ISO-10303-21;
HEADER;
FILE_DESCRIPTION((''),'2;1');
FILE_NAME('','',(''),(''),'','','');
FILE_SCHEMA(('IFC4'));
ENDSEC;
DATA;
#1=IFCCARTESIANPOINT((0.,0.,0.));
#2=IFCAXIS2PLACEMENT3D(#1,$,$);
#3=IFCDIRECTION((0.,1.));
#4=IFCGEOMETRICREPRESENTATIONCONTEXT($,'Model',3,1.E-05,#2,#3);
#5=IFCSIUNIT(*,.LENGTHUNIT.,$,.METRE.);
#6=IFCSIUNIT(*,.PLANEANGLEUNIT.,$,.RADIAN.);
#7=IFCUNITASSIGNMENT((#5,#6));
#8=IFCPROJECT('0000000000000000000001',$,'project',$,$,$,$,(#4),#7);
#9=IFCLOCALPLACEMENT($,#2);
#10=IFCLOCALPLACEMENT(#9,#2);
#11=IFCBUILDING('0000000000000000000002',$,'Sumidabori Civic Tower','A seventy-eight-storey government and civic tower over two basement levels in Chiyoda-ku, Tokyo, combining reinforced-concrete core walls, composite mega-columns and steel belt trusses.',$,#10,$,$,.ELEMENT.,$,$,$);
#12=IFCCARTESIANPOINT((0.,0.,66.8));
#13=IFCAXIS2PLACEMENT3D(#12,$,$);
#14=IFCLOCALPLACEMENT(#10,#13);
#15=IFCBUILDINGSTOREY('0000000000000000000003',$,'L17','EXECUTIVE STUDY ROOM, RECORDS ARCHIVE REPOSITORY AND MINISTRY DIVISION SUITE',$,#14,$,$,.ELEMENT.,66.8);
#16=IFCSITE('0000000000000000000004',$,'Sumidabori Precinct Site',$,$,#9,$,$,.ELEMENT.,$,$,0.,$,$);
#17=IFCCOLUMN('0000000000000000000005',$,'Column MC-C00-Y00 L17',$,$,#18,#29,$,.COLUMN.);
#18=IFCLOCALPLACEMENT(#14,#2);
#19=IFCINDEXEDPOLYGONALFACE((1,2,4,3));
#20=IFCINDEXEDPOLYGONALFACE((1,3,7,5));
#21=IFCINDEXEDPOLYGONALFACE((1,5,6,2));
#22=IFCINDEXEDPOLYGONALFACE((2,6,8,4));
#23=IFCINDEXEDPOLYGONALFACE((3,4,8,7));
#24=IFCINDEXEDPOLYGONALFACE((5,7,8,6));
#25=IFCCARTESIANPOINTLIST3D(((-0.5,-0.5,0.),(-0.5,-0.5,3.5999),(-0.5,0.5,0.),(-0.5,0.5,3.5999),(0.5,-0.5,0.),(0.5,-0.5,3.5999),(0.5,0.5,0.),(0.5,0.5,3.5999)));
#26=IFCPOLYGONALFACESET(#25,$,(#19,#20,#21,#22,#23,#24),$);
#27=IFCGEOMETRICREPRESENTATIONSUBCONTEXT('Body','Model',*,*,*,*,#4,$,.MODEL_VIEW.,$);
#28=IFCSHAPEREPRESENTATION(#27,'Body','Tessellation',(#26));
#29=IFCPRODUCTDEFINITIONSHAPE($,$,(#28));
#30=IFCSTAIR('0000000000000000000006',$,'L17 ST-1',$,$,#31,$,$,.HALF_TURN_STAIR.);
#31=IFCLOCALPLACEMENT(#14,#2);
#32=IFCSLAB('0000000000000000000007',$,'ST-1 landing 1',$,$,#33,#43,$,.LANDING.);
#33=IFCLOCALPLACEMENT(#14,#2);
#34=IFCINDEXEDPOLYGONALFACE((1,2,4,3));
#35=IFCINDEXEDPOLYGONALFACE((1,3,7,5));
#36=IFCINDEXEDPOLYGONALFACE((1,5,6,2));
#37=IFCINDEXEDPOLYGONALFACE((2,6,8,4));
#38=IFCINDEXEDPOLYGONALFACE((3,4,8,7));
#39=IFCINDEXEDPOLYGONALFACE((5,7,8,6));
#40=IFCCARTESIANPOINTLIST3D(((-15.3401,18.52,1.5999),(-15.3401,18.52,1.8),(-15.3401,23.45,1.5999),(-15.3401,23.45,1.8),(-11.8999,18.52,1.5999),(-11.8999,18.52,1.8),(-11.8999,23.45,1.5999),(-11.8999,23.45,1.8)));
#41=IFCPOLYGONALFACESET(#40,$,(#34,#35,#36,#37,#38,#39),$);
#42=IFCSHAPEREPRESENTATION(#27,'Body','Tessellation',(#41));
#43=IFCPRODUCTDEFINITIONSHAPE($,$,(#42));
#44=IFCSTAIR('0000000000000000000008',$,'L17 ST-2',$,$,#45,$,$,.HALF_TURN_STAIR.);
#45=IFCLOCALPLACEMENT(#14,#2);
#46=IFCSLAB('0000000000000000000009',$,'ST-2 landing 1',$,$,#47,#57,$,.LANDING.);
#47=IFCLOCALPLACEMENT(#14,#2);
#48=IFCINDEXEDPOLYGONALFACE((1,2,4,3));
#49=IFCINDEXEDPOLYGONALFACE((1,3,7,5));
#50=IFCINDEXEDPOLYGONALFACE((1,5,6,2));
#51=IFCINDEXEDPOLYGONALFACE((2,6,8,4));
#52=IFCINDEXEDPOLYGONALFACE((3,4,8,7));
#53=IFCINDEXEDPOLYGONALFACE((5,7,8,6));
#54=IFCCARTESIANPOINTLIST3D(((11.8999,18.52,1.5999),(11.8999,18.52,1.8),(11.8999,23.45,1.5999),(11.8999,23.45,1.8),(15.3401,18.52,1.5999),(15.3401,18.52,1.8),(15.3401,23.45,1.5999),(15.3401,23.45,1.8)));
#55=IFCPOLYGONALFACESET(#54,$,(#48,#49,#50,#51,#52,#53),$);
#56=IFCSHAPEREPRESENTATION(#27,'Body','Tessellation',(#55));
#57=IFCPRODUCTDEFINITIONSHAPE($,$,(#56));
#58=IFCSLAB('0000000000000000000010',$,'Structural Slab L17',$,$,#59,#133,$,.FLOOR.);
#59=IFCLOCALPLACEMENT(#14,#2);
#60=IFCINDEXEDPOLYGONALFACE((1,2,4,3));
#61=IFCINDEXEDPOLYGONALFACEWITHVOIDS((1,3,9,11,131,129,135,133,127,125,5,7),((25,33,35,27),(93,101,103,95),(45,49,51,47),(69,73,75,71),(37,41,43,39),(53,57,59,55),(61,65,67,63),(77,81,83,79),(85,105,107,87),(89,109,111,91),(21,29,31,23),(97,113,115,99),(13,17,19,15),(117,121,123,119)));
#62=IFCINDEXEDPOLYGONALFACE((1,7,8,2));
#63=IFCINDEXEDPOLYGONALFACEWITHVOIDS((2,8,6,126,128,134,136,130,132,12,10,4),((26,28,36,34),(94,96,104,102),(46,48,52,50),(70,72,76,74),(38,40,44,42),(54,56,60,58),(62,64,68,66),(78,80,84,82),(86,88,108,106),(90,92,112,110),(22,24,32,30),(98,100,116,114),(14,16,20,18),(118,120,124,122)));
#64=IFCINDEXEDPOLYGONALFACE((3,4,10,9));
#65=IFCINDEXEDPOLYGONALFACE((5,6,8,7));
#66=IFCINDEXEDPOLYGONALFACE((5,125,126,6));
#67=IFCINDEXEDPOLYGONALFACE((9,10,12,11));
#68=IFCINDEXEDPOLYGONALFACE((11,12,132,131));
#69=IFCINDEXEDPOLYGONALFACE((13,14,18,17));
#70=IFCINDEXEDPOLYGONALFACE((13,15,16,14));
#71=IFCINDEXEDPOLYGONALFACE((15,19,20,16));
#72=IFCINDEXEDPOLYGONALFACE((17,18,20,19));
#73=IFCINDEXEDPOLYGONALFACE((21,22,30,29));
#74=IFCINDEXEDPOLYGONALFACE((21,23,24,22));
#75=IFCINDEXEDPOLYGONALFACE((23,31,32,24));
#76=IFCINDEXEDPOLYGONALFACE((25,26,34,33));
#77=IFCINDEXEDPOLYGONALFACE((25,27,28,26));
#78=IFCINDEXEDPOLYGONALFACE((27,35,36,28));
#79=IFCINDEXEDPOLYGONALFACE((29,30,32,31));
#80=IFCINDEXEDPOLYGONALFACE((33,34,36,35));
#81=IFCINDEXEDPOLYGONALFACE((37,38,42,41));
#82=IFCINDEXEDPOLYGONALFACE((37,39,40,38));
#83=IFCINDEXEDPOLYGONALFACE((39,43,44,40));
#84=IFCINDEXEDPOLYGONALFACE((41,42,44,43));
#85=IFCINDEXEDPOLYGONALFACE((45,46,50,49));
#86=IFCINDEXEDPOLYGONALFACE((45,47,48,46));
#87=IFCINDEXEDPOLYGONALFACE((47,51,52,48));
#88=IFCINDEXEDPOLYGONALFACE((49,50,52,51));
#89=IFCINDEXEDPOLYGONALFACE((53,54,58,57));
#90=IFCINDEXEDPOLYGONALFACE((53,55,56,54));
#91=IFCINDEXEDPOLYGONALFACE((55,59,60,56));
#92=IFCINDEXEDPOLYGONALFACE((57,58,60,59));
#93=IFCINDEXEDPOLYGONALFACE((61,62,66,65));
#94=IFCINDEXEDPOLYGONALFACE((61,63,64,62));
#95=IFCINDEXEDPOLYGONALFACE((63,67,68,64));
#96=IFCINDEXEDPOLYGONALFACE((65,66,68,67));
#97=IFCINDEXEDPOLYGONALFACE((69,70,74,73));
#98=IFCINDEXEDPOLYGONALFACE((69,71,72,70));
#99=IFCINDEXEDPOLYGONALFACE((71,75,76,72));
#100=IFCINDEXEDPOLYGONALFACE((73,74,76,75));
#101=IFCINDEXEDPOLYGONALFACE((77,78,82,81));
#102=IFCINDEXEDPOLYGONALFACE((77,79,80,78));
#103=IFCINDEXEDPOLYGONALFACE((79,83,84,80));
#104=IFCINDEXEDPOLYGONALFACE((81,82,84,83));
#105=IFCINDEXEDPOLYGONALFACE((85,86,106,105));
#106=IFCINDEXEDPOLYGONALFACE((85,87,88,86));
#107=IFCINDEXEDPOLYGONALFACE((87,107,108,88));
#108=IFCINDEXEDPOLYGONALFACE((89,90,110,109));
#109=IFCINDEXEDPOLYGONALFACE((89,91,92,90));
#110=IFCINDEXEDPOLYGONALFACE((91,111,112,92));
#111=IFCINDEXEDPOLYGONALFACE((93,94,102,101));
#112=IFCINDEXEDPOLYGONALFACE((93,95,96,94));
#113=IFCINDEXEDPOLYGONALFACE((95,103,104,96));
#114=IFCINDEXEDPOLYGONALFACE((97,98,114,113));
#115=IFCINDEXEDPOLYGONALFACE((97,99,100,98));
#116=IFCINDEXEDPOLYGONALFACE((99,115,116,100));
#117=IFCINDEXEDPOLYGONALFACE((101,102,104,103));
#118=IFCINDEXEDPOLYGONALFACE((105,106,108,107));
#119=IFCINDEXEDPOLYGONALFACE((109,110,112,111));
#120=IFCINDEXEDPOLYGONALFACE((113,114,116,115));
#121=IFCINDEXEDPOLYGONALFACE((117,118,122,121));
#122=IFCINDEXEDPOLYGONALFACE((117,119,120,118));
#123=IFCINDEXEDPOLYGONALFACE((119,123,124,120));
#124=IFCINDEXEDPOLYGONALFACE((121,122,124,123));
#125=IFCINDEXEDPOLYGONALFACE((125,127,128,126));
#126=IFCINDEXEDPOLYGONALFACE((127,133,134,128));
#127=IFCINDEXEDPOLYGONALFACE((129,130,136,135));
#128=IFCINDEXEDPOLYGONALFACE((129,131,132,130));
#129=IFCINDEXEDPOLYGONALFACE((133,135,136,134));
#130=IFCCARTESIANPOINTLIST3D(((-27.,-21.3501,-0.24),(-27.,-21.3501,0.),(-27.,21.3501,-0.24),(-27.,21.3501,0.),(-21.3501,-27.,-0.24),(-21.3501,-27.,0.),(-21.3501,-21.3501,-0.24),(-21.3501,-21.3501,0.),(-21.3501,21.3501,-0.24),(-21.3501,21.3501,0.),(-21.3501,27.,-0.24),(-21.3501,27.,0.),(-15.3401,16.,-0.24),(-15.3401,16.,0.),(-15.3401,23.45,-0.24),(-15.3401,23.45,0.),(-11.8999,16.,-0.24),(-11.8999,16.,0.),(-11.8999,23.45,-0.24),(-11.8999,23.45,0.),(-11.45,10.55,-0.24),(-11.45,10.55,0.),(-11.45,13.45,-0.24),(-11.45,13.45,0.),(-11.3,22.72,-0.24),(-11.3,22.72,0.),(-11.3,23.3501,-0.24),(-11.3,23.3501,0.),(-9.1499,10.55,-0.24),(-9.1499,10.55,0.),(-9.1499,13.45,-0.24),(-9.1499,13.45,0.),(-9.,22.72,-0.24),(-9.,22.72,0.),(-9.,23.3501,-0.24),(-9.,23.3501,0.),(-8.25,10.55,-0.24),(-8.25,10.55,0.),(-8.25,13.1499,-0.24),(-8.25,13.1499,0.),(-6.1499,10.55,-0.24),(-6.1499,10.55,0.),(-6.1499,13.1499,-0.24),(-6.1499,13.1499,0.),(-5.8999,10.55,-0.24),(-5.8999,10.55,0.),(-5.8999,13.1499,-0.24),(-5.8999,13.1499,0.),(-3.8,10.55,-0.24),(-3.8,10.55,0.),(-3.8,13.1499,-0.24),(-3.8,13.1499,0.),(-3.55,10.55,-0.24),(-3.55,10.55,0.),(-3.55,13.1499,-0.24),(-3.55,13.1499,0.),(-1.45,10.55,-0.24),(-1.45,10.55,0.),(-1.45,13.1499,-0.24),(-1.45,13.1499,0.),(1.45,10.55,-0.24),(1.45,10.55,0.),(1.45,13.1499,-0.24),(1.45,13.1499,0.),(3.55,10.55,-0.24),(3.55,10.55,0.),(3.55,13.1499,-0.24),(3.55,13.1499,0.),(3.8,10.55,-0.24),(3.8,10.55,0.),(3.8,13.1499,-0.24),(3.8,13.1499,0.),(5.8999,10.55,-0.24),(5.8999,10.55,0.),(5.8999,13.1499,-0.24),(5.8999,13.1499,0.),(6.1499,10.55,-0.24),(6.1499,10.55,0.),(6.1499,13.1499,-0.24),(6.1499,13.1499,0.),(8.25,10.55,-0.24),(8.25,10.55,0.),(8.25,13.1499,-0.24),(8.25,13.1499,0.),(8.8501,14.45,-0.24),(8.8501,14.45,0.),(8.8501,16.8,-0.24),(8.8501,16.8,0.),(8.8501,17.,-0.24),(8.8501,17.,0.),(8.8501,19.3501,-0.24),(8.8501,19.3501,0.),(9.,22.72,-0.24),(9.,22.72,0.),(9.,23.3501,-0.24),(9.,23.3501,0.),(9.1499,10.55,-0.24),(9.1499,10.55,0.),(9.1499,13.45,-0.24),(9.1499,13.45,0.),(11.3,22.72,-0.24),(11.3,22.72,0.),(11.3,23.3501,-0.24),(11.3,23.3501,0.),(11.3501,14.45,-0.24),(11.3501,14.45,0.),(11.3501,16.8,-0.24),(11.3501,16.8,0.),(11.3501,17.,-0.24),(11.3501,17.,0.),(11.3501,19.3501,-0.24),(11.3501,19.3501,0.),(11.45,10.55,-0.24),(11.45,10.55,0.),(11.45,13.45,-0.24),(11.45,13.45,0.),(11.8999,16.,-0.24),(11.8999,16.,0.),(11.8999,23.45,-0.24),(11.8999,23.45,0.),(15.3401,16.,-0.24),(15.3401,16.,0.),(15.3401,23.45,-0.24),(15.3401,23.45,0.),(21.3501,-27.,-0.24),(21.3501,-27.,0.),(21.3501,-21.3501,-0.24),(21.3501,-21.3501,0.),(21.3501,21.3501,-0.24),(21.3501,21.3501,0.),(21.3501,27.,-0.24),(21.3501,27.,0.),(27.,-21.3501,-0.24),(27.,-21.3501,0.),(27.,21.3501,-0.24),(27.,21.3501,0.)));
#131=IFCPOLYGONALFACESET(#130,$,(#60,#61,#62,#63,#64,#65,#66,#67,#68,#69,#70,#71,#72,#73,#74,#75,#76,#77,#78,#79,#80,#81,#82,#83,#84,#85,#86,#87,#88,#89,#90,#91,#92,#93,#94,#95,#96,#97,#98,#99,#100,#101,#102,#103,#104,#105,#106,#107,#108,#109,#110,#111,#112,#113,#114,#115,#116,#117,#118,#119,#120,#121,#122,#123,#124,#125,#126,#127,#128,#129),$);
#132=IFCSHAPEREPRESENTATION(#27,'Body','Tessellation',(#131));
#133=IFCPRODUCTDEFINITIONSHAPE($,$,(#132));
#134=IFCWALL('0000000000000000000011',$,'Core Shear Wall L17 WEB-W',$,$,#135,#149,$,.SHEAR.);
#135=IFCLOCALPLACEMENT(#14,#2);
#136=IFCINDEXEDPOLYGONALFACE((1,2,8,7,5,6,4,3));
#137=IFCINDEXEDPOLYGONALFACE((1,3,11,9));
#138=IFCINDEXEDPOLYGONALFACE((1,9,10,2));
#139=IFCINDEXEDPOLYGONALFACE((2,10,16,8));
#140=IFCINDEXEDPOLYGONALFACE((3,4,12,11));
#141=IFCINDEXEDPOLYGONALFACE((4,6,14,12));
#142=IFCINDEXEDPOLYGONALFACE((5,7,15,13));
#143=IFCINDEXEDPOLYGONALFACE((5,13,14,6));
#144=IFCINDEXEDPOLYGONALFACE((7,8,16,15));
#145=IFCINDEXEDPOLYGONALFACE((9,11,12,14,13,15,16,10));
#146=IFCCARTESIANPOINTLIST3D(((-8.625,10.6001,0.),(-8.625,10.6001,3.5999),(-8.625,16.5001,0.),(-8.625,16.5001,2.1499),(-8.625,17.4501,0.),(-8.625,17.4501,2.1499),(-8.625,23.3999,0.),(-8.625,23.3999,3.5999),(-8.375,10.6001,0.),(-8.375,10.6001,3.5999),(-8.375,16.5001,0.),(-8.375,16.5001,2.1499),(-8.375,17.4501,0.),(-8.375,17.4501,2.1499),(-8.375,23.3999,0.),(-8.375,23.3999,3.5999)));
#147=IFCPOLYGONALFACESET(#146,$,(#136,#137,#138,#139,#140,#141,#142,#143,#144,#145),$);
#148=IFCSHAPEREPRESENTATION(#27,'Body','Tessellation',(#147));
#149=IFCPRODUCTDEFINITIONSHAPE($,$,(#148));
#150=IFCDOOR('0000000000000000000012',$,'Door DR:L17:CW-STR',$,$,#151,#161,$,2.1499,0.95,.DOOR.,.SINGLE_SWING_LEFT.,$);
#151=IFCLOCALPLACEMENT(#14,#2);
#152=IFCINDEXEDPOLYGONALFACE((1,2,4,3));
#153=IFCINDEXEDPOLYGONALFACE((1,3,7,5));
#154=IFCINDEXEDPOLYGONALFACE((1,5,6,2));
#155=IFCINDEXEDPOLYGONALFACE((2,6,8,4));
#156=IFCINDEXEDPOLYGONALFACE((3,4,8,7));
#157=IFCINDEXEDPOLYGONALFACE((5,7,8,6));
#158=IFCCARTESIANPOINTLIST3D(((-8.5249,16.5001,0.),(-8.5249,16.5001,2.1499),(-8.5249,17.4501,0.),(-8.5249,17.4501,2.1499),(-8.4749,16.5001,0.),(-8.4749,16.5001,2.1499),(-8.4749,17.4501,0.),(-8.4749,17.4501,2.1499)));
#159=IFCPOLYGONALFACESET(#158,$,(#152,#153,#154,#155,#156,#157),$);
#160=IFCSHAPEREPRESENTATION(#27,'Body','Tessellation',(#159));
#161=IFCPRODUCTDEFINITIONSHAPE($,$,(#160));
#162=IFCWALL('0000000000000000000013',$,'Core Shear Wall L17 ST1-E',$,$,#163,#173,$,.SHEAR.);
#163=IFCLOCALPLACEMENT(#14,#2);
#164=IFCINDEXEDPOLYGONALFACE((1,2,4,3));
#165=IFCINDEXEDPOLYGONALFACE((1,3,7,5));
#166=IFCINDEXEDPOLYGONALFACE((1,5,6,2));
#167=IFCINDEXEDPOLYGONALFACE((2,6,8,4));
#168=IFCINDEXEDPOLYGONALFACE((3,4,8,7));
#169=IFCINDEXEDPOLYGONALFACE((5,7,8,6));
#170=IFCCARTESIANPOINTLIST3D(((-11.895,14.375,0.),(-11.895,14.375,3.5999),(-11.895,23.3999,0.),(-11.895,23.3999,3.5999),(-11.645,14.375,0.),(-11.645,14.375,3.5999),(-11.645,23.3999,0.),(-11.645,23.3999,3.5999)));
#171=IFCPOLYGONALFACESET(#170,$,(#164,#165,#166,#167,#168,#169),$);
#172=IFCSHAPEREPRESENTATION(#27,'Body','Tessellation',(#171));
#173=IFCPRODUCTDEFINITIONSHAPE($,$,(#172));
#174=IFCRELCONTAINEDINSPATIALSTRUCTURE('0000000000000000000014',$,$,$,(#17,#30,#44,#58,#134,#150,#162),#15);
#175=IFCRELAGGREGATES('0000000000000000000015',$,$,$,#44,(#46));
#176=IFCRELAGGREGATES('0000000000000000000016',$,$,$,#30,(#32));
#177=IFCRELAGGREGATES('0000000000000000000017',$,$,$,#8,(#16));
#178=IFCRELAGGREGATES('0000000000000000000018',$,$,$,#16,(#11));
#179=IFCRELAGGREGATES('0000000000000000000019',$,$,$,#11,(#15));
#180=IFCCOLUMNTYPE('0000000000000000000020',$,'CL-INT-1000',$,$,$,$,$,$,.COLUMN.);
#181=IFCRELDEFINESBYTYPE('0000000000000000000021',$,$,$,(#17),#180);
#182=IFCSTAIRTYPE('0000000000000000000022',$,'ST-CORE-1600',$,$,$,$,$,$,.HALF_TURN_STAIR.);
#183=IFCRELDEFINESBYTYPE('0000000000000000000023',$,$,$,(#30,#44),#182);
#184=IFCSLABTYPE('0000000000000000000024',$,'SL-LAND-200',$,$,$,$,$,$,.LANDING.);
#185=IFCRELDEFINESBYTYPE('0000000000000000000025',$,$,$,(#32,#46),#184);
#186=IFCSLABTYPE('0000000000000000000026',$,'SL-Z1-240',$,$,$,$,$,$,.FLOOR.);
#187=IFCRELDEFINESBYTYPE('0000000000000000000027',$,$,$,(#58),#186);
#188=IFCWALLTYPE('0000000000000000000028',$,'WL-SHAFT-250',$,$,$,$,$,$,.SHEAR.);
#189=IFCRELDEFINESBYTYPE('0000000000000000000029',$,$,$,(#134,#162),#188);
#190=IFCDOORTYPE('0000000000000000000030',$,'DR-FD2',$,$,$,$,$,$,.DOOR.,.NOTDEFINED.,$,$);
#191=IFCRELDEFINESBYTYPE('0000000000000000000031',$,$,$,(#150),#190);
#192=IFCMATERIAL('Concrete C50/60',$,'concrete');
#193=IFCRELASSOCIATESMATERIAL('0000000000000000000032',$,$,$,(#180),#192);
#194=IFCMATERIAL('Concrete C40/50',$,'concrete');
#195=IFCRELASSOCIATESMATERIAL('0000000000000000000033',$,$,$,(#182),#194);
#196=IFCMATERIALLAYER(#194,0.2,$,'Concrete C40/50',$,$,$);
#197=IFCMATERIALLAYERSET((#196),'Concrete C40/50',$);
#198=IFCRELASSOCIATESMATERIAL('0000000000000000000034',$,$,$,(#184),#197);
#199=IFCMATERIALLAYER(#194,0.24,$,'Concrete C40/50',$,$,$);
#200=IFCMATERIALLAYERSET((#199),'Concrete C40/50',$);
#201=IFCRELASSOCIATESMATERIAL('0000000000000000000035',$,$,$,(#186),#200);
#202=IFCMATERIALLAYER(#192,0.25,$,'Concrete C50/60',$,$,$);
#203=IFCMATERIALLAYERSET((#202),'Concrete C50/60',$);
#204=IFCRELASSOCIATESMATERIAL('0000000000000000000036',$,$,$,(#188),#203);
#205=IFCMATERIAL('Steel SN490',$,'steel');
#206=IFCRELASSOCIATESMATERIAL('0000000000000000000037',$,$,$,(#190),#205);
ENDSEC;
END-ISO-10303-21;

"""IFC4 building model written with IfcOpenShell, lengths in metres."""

from ifc_helpers import new_model, si_unit, direction, frame, frame_2d, origin, origin_with_axes, origin_2d, place, context, subcontext, project, spatial, polyline, rectangle, outline, extrude, source, transform, mapped, material, layer, layer_set, material_profile, profile_set, type_object, element, fill, aggregate, save


model = new_model("IFC4")

# Units and contexts
model_context = context("Model", 3, precision=1e-05, world=origin(), true_north=direction((0.0, 1.0)))
body_context = subcontext(model_context, "Body", "Model", "MODEL_VIEW")
ifc_project = project(units=[si_unit("LENGTHUNIT", "METRE"), si_unit("PLANEANGLEUNIT", "RADIAN")], contexts=[model_context])

# Site, building, storey
site_placement = place(None, origin())
site = spatial("IfcSite", under=ifc_project, at=site_placement, Name="Sumidabori Precinct Site", CompositionType="ELEMENT", RefElevation=0.0)
building_placement = place(site_placement, origin())
building = spatial("IfcBuilding", under=site, at=building_placement, Name="Sumidabori Civic Tower", Description="A seventy-eight-storey government and civic tower over two basement levels in Chiyoda-ku, Tokyo, combining reinforced-concrete core walls, composite mega-columns and steel belt trusses.", CompositionType="ELEMENT")
storey_placement = place(building_placement, frame((0.0, 0.0, 66.8)))
storey = spatial("IfcBuildingStorey", under=building, at=storey_placement, Name="L17", Description="EXECUTIVE STUDY ROOM, RECORDS ARCHIVE REPOSITORY AND MINISTRY DIVISION SUITE", CompositionType="ELEMENT", Elevation=66.8)

# Column
ifc_material_1 = material(Name="Concrete C50/60", Category="concrete")
ifc_material_profile = material_profile(ifc_material_1, rectangle(XDim=1.0, YDim=1.0, at=origin_2d()), Name="RC 1000x1000")
ifc_profile_set = profile_set([ifc_material_profile], Name="Concrete C50/60")
column_type = type_object("IfcColumnType", Name="CL-INT-1000", PredefinedType="COLUMN", material=ifc_profile_set)
shared_shape_1 = source(origin(), body_context, "Body", "SweptSolid", [
    extrude(rectangle(XDim=1.0, YDim=1.0, at=origin_2d()), origin(), (0.0, 0.0, 1.0), 3.5999),
])
column_placement = place(storey_placement, origin_with_axes())
element("IfcColumn", 1, at=column_placement, inside=storey, type_object=column_type, Name="Column MC-C00-Y00 L17", PredefinedType="COLUMN", context=body_context, shape_type="MappedRepresentation", body=[
    mapped(shared_shape_1, transform((0.0, 0.0, 0.0), x_axis=(1.0, 0.0, 0.0), y_axis=(0.0, 1.0, 0.0), z_axis=(0.0, 0.0, 1.0), scale=1.0)),
])

# Stairs, slabs
ifc_material_2 = material(Name="Concrete C40/50", Category="concrete")
stair_type = type_object("IfcStairType", Name="ST-CORE-1600", PredefinedType="HALF_TURN_STAIR", material=ifc_material_2)
stair_1_placement = place(storey_placement, origin())
stair_1 = element("IfcStair", 2, at=stair_1_placement, inside=storey, type_object=stair_type, Name="L17 ST-1", PredefinedType="HALF_TURN_STAIR")
ifc_layer_1 = layer(ifc_material_2, 0.2, Name="Concrete C40/50")
ifc_layer_set_1 = layer_set([ifc_layer_1], Name="Concrete C40/50")
slab_type_1 = type_object("IfcSlabType", Name="SL-LAND-200", PredefinedType="LANDING", material=ifc_layer_set_1)
slab_1_placement = place(storey_placement, frame((0.0, 0.0, 1.5999)))
slab_1 = element("IfcSlab", 3, at=slab_1_placement, type_object=slab_type_1, Name="ST-1 landing 1", PredefinedType="LANDING", context=body_context, shape_type="SweptSolid", body=[
    extrude(outline(polyline([(-11.8999, 18.52), (-11.8999, 23.45), (-15.3401, 23.45), (-15.3401, 18.52), (-11.8999, 18.52)])), origin(), (0.0, 0.0, 1.0), 0.2002),
])
stair_2_placement = place(storey_placement, origin())
stair_2 = element("IfcStair", 4, at=stair_2_placement, inside=storey, type_object=stair_type, Name="L17 ST-2", PredefinedType="HALF_TURN_STAIR")
slab_2_placement = place(storey_placement, frame((0.0, 0.0, 1.5999)))
slab_2 = element("IfcSlab", 5, at=slab_2_placement, type_object=slab_type_1, Name="ST-2 landing 1", PredefinedType="LANDING", context=body_context, shape_type="SweptSolid", body=[
    extrude(outline(polyline([(15.3401, 18.52), (15.3401, 23.45), (11.8999, 23.45), (11.8999, 18.52), (15.3401, 18.52)])), origin(), (0.0, 0.0, 1.0), 0.2002),
])
aggregate(stair_2, [slab_2])

# Slab
ifc_layer_2 = layer(ifc_material_2, 0.24, Name="Concrete C40/50")
ifc_layer_set_2 = layer_set([ifc_layer_2], Name="Concrete C40/50")
slab_type_2 = type_object("IfcSlabType", Name="SL-Z1-240", PredefinedType="FLOOR", material=ifc_layer_set_2)
slab_3_placement = place(storey_placement, frame((0.0, 0.0, -0.24)))
element("IfcSlab", 6, at=slab_3_placement, inside=storey, type_object=slab_type_2, Name="Structural Slab L17", PredefinedType="FLOOR", context=body_context, shape_type="SweptSolid", body=[
    extrude(outline(polyline([(-21.3501, -27.0), (21.3501, -27.0), (21.3501, -21.3501), (27.0, -21.3501), (27.0, 21.3501), (21.3501, 21.3501), (21.3501, 27.0), (-21.3501, 27.0), (-21.3501, 21.3501), (-27.0, 21.3501), (-27.0, -21.3501), (-21.3501, -21.3501), (-21.3501, -27.0)]), holes=[polyline([(-11.8999, 16.0), (-11.8999, 23.45), (-15.3401, 23.45), (-15.3401, 16.0), (-11.8999, 16.0)]), polyline([(15.3401, 16.0), (15.3401, 23.45), (11.8999, 23.45), (11.8999, 16.0), (15.3401, 16.0)]), polyline([(-11.45, 10.55), (-9.1499, 10.55), (-9.1499, 13.45), (-11.45, 13.45), (-11.45, 10.55)]), polyline([(9.1499, 10.55), (11.45, 10.55), (11.45, 13.45), (9.1499, 13.45), (9.1499, 10.55)]), polyline([(-8.25, 10.55), (-6.1499, 10.55), (-6.1499, 13.1499), (-8.25, 13.1499), (-8.25, 10.55)]), polyline([(-5.8999, 10.55), (-3.8, 10.55), (-3.8, 13.1499), (-5.8999, 13.1499), (-5.8999, 10.55)]), polyline([(-3.55, 10.55), (-1.45, 10.55), (-1.45, 13.1499), (-3.55, 13.1499), (-3.55, 10.55)]), polyline([(1.45, 10.55), (3.55, 10.55), (3.55, 13.1499), (1.45, 13.1499), (1.45, 10.55)]), polyline([(3.8, 10.55), (5.8999, 10.55), (5.8999, 13.1499), (3.8, 13.1499), (3.8, 10.55)]), polyline([(6.1499, 10.55), (8.25, 10.55), (8.25, 13.1499), (6.1499, 13.1499), (6.1499, 10.55)]), polyline([(8.8501, 14.45), (11.3501, 14.45), (11.3501, 16.8), (8.8501, 16.8), (8.8501, 14.45)]), polyline([(8.8501, 17.0), (11.3501, 17.0), (11.3501, 19.3501), (8.8501, 19.3501), (8.8501, 17.0)]), polyline([(-11.3, 22.72), (-9.0, 22.72), (-9.0, 23.3501), (-11.3, 23.3501), (-11.3, 22.72)]), polyline([(9.0, 22.72), (11.3, 22.72), (11.3, 23.3501), (9.0, 23.3501), (9.0, 22.72)])]), origin(), (0.0, 0.0, 1.0), 0.24),
])

# Wall, opening, door
ifc_layer_3 = layer(ifc_material_1, 0.25, Name="Concrete C50/60")
ifc_layer_set_3 = layer_set([ifc_layer_3], Name="Concrete C50/60")
wall_type_1 = type_object("IfcWallType", Name="WL-SHAFT-250", PredefinedType="SHEAR", material=ifc_layer_set_3)
shared_shape_2 = source(origin(), body_context, "Body", "SweptSolid", [
    extrude(rectangle(XDim=12.7998, YDim=0.25, at=frame_2d((6.3999, 0.0))), origin(), (0.0, 0.0, 1.0), 3.5999),
])
wall_1_placement = place(storey_placement, frame((-8.5, 10.6001, 0.0), z_axis=(0.0, 0.0, 1.0), x_axis=(0.0, 1.0, 0.0)))
wall_1 = element("IfcWall", 7, at=wall_1_placement, inside=storey, type_object=wall_type_1, Name="Core Shear Wall L17 WEB-W", PredefinedType="SHEAR", context=body_context, shape_type="MappedRepresentation", body=[
    mapped(shared_shape_2, transform((0.0, 0.0, 0.0), x_axis=(1.0, 0.0, 0.0), y_axis=(0.0, 1.0, 0.0), z_axis=(0.0, 0.0, 1.0), scale=1.0)),
])
opening_1_placement = place(wall_1_placement, frame((5.8999, 0.0, 0.0)))
opening_1 = element("IfcOpeningElement", 8, at=opening_1_placement, cuts=wall_1, PredefinedType="OPENING", context=body_context, shape_type="SweptSolid", body=[
    extrude(rectangle(XDim=0.95, YDim=2.1499, at=frame_2d((0.4751, 1.075))), frame((0.0, 0.137, 0.0), z_axis=(0.0, -1.0, 0.0), x_axis=(1.0, 0.0, 0.0)), (0.0, 0.0, 1.0), 0.2739),
])
ifc_material_3 = material(Name="Steel SN490", Category="steel")
door_type_1 = type_object("IfcDoorType", Name="DR-FD2", OperationType="NOTDEFINED", PredefinedType="DOOR", material=ifc_material_3)
shared_shape_3 = source(origin(), body_context, "Body", "SweptSolid", [
    extrude(rectangle(XDim=0.95, YDim=2.1499, at=frame_2d((0.4751, 1.075))), frame((0.0, 0.0249, 0.0), z_axis=(0.0, -1.0, 0.0), x_axis=(1.0, 0.0, 0.0)), (0.0, 0.0, 1.0), 0.05),
])
door_1_placement = place(opening_1_placement, origin())
door_1 = element("IfcDoor", 9, at=door_1_placement, inside=storey, type_object=door_type_1, Name="Door DR:L17:CW-STR", OperationType="SINGLE_SWING_LEFT", OverallHeight=2.1499, OverallWidth=0.95, PredefinedType="DOOR", context=body_context, shape_type="MappedRepresentation", body=[
    mapped(shared_shape_3, transform((0.0, 0.0, 0.0), x_axis=(1.0, 0.0, 0.0), y_axis=(0.0, 1.0, 0.0), z_axis=(0.0, 0.0, 1.0), scale=1.0)),
])
fill(opening_1, door_1)

# Wall
shared_shape_4 = source(origin(), body_context, "Body", "SweptSolid", [
    extrude(rectangle(XDim=9.0249, YDim=0.25, at=frame_2d((4.5125, 0.0))), origin(), (0.0, 0.0, 1.0), 3.5999),
])
wall_2_placement = place(storey_placement, frame((-11.77, 14.375, 0.0), z_axis=(0.0, 0.0, 1.0), x_axis=(0.0, 1.0, 0.0)))
element("IfcWall", 10, at=wall_2_placement, inside=storey, type_object=wall_type_1, Name="Core Shear Wall L17 ST1-E", PredefinedType="SHEAR", context=body_context, shape_type="MappedRepresentation", body=[
    mapped(shared_shape_4, transform((0.0, 0.0, 0.0), x_axis=(1.0, 0.0, 0.0), y_axis=(0.0, 1.0, 0.0), z_axis=(0.0, 0.0, 1.0), scale=1.0)),
])

aggregate(stair_1, [slab_1])

save(model, "model.ifc")
